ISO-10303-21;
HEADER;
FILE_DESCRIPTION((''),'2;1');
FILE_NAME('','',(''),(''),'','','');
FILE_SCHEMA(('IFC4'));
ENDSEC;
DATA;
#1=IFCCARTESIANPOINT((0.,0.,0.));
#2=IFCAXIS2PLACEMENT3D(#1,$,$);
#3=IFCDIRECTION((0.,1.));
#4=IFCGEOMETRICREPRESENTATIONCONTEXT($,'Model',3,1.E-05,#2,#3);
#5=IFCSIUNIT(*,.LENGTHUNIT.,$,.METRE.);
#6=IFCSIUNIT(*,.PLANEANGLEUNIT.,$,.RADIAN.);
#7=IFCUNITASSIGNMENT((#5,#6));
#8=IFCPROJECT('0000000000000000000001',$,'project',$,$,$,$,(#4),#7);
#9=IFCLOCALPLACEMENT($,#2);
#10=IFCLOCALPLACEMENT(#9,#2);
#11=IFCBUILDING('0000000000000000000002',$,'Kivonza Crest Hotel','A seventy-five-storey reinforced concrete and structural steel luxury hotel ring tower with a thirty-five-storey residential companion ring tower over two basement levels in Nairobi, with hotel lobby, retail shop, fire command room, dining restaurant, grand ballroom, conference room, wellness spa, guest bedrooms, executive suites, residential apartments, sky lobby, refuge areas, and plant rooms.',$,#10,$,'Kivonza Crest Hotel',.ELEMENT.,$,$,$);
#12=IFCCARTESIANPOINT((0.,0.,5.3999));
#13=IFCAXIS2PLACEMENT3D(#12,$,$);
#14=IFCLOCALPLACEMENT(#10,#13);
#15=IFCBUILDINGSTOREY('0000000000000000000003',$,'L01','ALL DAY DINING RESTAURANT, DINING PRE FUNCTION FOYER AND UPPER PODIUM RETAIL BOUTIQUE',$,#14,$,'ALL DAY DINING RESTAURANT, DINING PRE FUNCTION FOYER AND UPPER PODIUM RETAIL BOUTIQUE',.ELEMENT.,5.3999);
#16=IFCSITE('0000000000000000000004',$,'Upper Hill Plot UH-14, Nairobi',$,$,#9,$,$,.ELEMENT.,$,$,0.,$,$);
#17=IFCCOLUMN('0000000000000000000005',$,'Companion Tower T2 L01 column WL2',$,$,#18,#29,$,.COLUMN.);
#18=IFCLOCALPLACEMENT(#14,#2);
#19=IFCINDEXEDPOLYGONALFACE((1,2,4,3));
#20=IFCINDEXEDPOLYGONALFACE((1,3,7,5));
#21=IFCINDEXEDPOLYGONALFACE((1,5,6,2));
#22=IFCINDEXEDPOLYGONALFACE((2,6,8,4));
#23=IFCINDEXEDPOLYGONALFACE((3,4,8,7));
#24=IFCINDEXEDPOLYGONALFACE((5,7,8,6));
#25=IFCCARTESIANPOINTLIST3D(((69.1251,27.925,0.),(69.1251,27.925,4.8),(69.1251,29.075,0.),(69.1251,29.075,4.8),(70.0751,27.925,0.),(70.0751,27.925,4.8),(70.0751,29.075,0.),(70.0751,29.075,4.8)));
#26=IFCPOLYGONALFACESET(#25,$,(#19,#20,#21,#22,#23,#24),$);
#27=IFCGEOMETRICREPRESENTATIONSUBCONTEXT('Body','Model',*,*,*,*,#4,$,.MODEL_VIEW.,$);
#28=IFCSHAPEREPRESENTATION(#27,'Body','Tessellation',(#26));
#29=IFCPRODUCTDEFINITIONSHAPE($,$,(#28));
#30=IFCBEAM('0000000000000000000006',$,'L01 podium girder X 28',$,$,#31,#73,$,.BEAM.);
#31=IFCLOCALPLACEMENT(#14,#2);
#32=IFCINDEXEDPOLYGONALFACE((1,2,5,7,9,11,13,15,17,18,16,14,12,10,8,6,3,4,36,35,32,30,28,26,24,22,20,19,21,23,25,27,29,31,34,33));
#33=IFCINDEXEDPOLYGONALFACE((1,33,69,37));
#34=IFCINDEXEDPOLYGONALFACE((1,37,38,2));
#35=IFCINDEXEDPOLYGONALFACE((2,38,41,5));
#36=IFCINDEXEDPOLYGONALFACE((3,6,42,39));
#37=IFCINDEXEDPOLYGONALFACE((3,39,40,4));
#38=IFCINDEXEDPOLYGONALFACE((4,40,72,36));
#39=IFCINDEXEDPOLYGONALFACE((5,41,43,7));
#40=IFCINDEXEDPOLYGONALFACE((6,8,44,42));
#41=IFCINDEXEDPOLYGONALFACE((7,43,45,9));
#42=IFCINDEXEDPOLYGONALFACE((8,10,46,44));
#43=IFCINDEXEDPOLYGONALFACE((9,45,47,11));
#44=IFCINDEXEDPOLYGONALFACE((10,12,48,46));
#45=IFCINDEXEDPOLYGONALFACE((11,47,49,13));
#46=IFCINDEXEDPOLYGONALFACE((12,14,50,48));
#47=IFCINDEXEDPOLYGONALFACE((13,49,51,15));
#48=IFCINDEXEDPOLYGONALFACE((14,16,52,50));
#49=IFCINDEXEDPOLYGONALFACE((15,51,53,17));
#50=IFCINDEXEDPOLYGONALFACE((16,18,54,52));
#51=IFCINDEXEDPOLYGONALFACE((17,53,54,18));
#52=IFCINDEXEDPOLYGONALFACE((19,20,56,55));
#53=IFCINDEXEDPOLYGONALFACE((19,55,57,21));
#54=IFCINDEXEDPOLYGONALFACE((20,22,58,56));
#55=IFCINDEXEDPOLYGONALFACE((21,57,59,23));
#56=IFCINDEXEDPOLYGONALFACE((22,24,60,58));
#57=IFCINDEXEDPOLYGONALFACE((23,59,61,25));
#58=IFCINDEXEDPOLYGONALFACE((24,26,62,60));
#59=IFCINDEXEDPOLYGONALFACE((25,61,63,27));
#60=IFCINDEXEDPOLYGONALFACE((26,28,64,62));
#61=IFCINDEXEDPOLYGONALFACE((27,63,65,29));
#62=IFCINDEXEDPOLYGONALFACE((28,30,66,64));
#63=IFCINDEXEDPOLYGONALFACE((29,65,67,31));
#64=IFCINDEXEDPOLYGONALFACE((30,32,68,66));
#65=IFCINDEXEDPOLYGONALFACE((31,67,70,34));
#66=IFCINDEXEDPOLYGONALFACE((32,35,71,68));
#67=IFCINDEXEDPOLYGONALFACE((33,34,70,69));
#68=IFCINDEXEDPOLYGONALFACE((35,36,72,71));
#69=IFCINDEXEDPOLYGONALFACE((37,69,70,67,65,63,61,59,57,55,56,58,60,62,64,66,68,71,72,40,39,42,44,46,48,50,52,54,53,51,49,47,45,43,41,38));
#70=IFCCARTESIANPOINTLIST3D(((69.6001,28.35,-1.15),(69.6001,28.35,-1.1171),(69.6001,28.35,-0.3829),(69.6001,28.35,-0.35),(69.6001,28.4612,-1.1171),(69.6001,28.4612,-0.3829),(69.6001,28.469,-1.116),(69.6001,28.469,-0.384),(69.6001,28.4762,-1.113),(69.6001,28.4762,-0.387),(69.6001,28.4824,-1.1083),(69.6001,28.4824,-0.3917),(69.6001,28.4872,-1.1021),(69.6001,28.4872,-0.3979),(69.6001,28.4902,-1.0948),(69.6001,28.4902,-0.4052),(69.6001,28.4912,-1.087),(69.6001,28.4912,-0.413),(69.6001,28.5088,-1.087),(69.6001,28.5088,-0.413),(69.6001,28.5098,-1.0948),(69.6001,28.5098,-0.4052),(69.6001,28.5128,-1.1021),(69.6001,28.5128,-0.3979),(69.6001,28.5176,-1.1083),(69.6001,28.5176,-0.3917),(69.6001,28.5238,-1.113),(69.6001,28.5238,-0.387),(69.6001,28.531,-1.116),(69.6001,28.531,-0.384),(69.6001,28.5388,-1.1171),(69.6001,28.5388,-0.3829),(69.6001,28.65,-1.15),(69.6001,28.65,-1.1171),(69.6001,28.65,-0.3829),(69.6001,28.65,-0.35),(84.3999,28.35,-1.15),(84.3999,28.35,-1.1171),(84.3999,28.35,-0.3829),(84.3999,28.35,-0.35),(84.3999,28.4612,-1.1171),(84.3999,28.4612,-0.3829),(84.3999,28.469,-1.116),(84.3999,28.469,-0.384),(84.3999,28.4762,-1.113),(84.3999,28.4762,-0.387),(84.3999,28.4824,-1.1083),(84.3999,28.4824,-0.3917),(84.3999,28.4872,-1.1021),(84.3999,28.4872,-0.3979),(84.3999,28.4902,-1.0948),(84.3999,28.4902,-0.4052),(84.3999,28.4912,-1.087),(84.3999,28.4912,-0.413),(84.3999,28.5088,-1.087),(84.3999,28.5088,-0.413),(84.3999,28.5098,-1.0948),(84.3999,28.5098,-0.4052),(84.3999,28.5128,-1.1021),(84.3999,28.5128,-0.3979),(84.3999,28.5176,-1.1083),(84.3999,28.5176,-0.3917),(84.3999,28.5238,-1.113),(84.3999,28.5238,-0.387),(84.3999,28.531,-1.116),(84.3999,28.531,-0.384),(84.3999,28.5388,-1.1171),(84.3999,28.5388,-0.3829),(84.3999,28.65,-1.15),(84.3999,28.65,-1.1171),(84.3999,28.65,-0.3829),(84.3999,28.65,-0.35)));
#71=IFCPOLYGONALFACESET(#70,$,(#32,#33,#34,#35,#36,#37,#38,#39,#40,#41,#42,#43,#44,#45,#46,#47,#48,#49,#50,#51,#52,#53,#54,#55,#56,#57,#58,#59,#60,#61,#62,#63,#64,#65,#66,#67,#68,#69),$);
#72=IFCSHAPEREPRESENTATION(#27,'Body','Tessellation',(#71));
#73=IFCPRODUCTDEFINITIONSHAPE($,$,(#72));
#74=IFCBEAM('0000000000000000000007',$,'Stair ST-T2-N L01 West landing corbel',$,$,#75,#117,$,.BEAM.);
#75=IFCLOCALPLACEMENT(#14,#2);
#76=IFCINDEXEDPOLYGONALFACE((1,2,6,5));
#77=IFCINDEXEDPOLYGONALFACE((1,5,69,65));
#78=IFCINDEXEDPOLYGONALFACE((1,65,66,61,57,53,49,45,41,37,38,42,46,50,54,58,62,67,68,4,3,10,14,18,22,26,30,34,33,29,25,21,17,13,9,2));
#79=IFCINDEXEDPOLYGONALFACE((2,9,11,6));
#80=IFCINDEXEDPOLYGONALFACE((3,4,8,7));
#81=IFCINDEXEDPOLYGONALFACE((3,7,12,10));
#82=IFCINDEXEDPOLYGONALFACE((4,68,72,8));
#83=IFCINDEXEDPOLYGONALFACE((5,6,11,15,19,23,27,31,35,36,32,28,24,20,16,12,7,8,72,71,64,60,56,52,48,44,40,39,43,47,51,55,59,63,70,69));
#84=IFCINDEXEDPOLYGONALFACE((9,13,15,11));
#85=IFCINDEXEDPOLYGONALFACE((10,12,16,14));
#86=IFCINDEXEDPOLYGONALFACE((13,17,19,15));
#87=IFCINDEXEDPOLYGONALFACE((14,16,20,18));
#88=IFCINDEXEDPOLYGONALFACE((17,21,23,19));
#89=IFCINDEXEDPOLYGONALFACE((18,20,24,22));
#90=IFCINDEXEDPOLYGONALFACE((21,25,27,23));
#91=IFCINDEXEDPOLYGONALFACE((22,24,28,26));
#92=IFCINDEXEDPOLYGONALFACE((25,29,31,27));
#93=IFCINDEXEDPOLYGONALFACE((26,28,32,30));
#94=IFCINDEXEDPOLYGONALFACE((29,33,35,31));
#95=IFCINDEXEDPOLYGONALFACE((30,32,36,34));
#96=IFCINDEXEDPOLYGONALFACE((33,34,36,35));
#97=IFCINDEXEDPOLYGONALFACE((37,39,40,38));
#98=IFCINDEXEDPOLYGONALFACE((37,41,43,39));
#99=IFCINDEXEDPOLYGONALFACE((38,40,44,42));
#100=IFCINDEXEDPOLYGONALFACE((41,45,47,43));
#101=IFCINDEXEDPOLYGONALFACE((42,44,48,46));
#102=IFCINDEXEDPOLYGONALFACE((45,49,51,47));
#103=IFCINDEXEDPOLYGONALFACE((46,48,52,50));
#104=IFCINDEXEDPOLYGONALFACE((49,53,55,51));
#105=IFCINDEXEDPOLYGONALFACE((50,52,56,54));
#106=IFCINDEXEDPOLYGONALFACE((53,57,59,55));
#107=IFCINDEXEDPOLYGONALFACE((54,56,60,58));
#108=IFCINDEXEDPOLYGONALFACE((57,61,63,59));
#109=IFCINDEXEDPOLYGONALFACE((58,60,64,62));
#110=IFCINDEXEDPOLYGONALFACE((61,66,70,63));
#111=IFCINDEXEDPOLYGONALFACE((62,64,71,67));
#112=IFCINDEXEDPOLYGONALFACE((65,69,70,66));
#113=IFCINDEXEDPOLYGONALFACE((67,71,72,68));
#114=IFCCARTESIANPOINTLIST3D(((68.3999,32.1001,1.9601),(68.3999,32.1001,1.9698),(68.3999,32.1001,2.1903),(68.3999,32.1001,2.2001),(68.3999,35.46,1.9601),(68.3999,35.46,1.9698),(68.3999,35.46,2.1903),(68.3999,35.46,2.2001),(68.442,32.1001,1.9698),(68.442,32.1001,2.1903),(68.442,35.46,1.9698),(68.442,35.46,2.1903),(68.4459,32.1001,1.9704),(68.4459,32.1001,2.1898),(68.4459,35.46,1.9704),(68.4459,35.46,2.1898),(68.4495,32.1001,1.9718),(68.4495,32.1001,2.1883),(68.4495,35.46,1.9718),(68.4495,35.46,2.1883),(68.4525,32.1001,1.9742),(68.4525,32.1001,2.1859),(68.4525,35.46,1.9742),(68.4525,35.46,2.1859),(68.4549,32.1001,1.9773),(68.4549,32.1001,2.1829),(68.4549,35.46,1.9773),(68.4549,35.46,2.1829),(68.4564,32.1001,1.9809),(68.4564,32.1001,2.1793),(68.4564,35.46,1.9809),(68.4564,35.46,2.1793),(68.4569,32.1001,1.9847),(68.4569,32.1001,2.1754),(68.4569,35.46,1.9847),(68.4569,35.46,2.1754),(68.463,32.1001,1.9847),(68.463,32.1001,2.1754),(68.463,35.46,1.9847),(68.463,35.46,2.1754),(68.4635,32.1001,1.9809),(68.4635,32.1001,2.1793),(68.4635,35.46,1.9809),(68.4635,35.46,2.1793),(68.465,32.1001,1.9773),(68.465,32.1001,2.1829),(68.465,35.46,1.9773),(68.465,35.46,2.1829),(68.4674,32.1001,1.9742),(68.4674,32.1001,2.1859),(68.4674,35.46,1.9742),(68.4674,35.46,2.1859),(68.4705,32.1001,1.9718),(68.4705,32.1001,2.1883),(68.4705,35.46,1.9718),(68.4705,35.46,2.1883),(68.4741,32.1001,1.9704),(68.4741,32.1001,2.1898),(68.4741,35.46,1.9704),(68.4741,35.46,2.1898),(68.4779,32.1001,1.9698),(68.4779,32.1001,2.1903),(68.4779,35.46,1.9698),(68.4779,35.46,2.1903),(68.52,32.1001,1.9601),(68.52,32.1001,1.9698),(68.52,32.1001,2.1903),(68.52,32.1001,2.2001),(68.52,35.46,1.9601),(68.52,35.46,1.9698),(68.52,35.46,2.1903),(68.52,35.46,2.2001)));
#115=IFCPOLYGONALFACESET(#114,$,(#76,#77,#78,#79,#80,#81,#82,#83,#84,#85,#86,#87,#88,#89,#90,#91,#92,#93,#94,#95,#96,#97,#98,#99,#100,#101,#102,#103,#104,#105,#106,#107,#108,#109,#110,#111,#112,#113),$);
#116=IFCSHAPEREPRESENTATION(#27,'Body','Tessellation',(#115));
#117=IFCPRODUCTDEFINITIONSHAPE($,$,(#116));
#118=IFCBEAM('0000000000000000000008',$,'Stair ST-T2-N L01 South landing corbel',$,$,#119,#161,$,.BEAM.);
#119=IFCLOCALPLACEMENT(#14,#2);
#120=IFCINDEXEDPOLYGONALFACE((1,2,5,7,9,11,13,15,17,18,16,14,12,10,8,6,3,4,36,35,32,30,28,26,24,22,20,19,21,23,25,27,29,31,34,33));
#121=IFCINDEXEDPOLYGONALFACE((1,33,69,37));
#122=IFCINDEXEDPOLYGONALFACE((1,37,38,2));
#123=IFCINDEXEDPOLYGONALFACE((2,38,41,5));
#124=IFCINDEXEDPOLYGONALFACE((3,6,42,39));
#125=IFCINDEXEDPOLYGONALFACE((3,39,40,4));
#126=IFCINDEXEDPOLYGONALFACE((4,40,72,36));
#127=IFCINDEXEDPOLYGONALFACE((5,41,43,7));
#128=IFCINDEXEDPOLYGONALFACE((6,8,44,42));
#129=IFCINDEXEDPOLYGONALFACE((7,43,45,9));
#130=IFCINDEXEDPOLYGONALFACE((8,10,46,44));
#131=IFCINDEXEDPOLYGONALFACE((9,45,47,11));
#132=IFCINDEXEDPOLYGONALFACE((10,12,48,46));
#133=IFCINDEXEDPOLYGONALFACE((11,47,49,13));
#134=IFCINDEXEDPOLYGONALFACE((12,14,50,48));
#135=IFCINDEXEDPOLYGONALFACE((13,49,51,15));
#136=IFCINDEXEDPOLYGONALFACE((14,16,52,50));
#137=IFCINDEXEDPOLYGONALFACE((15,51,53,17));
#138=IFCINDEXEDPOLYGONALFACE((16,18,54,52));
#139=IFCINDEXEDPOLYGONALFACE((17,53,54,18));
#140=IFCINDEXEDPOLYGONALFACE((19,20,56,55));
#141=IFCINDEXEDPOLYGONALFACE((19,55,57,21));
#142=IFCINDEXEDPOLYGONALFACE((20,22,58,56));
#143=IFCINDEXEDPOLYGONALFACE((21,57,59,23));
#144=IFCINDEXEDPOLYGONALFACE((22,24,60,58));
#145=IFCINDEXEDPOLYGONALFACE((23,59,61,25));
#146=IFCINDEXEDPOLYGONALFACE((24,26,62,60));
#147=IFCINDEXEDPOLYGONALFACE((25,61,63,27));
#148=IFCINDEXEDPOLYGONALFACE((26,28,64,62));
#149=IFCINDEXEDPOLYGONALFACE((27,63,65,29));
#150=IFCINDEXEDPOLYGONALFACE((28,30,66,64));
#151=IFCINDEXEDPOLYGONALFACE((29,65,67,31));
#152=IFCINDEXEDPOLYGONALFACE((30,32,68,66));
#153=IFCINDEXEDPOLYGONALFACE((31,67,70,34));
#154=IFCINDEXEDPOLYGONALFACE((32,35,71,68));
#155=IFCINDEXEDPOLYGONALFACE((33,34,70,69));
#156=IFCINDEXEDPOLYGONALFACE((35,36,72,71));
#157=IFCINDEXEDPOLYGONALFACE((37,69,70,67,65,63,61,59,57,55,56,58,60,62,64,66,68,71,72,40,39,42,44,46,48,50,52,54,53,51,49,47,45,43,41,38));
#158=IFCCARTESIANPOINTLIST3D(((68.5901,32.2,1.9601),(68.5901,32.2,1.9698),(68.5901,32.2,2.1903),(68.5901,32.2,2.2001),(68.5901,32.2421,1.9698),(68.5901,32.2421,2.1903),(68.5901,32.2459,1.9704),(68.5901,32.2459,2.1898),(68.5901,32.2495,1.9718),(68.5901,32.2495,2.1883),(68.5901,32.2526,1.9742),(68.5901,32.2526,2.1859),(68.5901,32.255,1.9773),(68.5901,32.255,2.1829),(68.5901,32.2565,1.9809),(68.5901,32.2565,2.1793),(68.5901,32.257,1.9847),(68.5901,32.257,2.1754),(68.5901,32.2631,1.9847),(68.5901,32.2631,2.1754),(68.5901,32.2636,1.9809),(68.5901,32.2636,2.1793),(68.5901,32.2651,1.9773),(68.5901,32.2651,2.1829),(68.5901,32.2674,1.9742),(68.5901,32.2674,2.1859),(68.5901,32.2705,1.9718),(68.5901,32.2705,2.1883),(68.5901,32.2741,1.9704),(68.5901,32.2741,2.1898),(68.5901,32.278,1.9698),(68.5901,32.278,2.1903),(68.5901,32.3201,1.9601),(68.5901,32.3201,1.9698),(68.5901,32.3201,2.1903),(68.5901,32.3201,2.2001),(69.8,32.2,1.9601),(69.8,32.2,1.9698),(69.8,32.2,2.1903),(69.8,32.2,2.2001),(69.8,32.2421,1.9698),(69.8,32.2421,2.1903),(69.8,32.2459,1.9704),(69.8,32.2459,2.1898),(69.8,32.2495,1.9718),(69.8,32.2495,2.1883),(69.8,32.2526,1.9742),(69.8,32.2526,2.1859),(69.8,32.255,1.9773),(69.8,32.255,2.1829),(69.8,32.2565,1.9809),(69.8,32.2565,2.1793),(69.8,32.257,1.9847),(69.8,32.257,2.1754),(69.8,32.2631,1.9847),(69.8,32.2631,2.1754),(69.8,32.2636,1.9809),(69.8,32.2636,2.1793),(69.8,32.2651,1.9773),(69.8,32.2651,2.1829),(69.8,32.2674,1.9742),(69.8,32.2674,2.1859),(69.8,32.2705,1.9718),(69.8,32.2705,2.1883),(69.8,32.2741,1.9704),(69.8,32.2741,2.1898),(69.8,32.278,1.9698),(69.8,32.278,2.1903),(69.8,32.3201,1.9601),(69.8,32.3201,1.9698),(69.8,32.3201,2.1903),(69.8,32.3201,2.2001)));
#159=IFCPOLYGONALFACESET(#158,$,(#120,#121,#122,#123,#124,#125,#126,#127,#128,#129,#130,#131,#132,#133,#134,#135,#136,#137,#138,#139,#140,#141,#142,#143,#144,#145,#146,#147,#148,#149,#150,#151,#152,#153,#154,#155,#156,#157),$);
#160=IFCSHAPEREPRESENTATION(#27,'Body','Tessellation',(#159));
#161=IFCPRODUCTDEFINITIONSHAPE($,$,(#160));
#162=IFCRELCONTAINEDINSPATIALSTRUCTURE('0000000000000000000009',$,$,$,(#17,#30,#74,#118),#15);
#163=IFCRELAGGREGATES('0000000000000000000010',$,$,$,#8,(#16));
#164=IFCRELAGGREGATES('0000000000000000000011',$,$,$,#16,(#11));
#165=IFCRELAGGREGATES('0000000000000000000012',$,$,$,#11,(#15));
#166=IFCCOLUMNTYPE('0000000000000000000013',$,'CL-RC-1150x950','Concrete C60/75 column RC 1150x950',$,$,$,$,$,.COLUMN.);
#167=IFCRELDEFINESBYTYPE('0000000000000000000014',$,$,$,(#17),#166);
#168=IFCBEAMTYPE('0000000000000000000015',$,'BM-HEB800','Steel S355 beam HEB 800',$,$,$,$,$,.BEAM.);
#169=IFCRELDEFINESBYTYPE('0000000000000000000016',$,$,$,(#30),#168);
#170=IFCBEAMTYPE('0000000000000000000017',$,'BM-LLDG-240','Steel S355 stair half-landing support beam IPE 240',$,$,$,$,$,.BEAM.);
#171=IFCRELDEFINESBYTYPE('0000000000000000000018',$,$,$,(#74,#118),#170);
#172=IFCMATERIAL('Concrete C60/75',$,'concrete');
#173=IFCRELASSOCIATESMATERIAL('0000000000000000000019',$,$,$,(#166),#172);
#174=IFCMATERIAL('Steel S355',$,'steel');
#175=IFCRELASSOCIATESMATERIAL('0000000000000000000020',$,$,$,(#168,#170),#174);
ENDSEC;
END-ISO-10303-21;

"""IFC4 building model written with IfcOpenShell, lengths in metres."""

from ifc_helpers import new_model, si_unit, direction, frame, origin, origin_2d, place, context, subcontext, project, spatial, rectangle, i_section, extrude, material, material_profile, profile_set, type_object, element, save


model = new_model("IFC4")

# Units and contexts
model_context = context("Model", 3, precision=1e-05, world=origin(), true_north=direction((0.0, 1.0)))
body_context = subcontext(model_context, "Body", "Model", "MODEL_VIEW")
ifc_project = project(units=[si_unit("LENGTHUNIT", "METRE"), si_unit("PLANEANGLEUNIT", "RADIAN")], contexts=[model_context])

# Site, building, storey
site_placement = place(None, origin())
site = spatial("IfcSite", under=ifc_project, at=site_placement, Name="Upper Hill Plot UH-14, Nairobi", CompositionType="ELEMENT", RefElevation=0.0)
building_placement = place(site_placement, origin())
building = spatial("IfcBuilding", under=site, at=building_placement, Name="Kivonza Crest Hotel", Description="A seventy-five-storey reinforced concrete and structural steel luxury hotel ring tower with a thirty-five-storey residential companion ring tower over two basement levels in Nairobi, with hotel lobby, retail shop, fire command room, dining restaurant, grand ballroom, conference room, wellness spa, guest bedrooms, executive suites, residential apartments, sky lobby, refuge areas, and plant rooms.", LongName="Kivonza Crest Hotel", CompositionType="ELEMENT")
storey_placement = place(building_placement, frame((0.0, 0.0, 5.3999)))
storey = spatial("IfcBuildingStorey", under=building, at=storey_placement, Name="L01", Description="ALL DAY DINING RESTAURANT, DINING PRE FUNCTION FOYER AND UPPER PODIUM RETAIL BOUTIQUE", LongName="ALL DAY DINING RESTAURANT, DINING PRE FUNCTION FOYER AND UPPER PODIUM RETAIL BOUTIQUE", CompositionType="ELEMENT", Elevation=5.3999)

# Column
ifc_material_1 = material(Name="Concrete C60/75", Category="concrete")
ifc_material_profile_1 = material_profile(ifc_material_1, rectangle(XDim=0.95, YDim=1.1499, at=origin_2d()), Name="RC 1150x950")
ifc_profile_set_1 = profile_set([ifc_material_profile_1], Name="Concrete C60/75")
column_type = type_object("IfcColumnType", Name="CL-RC-1150x950", Description="Concrete C60/75 column RC 1150x950", PredefinedType="COLUMN", material=ifc_profile_set_1)
column_placement = place(storey_placement, frame((69.6001, 28.5, 0.0), z_axis=(0.0, 0.0, 1.0), x_axis=(1.0, 0.0, 0.0)))
element("IfcColumn", 1, at=column_placement, inside=storey, type_object=column_type, Name="Companion Tower T2 L01 column WL2", PredefinedType="COLUMN", context=body_context, shape_type="SweptSolid", body=[
    extrude(rectangle(XDim=0.95, YDim=1.1499, at=origin_2d()), origin(), (0.0, 0.0, 1.0), 4.8),
])

# Beams
ifc_material_2 = material(Name="Steel S355", Category="steel")
ifc_material_profile_2 = material_profile(ifc_material_2, i_section(OverallWidth=0.3, OverallDepth=0.8, WebThickness=0.0176, FlangeThickness=0.033, FilletRadius=0.03, at=origin_2d()), Name="HEB 800")
ifc_profile_set_2 = profile_set([ifc_material_profile_2], Name="Steel S355")
beam_type_1 = type_object("IfcBeamType", Name="BM-HEB800", Description="Steel S355 beam HEB 800", PredefinedType="BEAM", material=ifc_profile_set_2)
beam_1_placement = place(storey_placement, frame((69.6001, 28.5, -0.75), z_axis=(1.0, 0.0, 0.0), x_axis=(0.0, 1.0, 0.0)))
element("IfcBeam", 2, at=beam_1_placement, inside=storey, type_object=beam_type_1, Name="L01 podium girder X 28", PredefinedType="BEAM", context=body_context, shape_type="SweptSolid", body=[
    extrude(i_section(OverallWidth=0.3, OverallDepth=0.8, WebThickness=0.0176, FlangeThickness=0.033, FilletRadius=0.03, at=origin_2d()), origin(), (0.0, 0.0, 1.0), 14.7998),
])
ifc_material_profile_3 = material_profile(ifc_material_2, i_section(OverallWidth=0.1201, OverallDepth=0.24, WebThickness=0.0061, FlangeThickness=0.0098, FilletRadius=0.0149, at=origin_2d()), Name="IPE 240")
ifc_profile_set_3 = profile_set([ifc_material_profile_3], Name="Steel S355")
beam_type_2 = type_object("IfcBeamType", Name="BM-LLDG-240", Description="Steel S355 stair half-landing support beam IPE 240", PredefinedType="BEAM", material=ifc_profile_set_3)
beam_2_placement = place(storey_placement, frame((68.46, 32.1001, 2.0801), z_axis=(0.0, 1.0, 0.0), x_axis=(-1.0, 0.0, 0.0)))
element("IfcBeam", 3, at=beam_2_placement, inside=storey, type_object=beam_type_2, Name="Stair ST-T2-N L01 West landing corbel", PredefinedType="BEAM", context=body_context, shape_type="SweptSolid", body=[
    extrude(i_section(OverallWidth=0.1201, OverallDepth=0.24, WebThickness=0.0061, FlangeThickness=0.0098, FilletRadius=0.0149, at=origin_2d()), origin(), (0.0, 0.0, 1.0), 3.3599),
])
for number, where, z_axis, x_axis, name in (
    (4, (68.5901, 32.26, 2.0801), (1.0, 0.0, 0.0), (0.0, 1.0, 0.0), "Stair ST-T2-N L01 South landing corbel"),
):
    element("IfcBeam", number, at=place(storey_placement, frame(where, z_axis=z_axis, x_axis=x_axis)), inside=storey, type_object=beam_type_2, Name=name, PredefinedType="BEAM", context=body_context, shape_type="SweptSolid", body=[
        extrude(i_section(OverallWidth=0.1201, OverallDepth=0.24, WebThickness=0.0061, FlangeThickness=0.0098, FilletRadius=0.0149, at=origin_2d()), origin(), (0.0, 0.0, 1.0), 1.21),
    ])

save(model, "model.ifc")
